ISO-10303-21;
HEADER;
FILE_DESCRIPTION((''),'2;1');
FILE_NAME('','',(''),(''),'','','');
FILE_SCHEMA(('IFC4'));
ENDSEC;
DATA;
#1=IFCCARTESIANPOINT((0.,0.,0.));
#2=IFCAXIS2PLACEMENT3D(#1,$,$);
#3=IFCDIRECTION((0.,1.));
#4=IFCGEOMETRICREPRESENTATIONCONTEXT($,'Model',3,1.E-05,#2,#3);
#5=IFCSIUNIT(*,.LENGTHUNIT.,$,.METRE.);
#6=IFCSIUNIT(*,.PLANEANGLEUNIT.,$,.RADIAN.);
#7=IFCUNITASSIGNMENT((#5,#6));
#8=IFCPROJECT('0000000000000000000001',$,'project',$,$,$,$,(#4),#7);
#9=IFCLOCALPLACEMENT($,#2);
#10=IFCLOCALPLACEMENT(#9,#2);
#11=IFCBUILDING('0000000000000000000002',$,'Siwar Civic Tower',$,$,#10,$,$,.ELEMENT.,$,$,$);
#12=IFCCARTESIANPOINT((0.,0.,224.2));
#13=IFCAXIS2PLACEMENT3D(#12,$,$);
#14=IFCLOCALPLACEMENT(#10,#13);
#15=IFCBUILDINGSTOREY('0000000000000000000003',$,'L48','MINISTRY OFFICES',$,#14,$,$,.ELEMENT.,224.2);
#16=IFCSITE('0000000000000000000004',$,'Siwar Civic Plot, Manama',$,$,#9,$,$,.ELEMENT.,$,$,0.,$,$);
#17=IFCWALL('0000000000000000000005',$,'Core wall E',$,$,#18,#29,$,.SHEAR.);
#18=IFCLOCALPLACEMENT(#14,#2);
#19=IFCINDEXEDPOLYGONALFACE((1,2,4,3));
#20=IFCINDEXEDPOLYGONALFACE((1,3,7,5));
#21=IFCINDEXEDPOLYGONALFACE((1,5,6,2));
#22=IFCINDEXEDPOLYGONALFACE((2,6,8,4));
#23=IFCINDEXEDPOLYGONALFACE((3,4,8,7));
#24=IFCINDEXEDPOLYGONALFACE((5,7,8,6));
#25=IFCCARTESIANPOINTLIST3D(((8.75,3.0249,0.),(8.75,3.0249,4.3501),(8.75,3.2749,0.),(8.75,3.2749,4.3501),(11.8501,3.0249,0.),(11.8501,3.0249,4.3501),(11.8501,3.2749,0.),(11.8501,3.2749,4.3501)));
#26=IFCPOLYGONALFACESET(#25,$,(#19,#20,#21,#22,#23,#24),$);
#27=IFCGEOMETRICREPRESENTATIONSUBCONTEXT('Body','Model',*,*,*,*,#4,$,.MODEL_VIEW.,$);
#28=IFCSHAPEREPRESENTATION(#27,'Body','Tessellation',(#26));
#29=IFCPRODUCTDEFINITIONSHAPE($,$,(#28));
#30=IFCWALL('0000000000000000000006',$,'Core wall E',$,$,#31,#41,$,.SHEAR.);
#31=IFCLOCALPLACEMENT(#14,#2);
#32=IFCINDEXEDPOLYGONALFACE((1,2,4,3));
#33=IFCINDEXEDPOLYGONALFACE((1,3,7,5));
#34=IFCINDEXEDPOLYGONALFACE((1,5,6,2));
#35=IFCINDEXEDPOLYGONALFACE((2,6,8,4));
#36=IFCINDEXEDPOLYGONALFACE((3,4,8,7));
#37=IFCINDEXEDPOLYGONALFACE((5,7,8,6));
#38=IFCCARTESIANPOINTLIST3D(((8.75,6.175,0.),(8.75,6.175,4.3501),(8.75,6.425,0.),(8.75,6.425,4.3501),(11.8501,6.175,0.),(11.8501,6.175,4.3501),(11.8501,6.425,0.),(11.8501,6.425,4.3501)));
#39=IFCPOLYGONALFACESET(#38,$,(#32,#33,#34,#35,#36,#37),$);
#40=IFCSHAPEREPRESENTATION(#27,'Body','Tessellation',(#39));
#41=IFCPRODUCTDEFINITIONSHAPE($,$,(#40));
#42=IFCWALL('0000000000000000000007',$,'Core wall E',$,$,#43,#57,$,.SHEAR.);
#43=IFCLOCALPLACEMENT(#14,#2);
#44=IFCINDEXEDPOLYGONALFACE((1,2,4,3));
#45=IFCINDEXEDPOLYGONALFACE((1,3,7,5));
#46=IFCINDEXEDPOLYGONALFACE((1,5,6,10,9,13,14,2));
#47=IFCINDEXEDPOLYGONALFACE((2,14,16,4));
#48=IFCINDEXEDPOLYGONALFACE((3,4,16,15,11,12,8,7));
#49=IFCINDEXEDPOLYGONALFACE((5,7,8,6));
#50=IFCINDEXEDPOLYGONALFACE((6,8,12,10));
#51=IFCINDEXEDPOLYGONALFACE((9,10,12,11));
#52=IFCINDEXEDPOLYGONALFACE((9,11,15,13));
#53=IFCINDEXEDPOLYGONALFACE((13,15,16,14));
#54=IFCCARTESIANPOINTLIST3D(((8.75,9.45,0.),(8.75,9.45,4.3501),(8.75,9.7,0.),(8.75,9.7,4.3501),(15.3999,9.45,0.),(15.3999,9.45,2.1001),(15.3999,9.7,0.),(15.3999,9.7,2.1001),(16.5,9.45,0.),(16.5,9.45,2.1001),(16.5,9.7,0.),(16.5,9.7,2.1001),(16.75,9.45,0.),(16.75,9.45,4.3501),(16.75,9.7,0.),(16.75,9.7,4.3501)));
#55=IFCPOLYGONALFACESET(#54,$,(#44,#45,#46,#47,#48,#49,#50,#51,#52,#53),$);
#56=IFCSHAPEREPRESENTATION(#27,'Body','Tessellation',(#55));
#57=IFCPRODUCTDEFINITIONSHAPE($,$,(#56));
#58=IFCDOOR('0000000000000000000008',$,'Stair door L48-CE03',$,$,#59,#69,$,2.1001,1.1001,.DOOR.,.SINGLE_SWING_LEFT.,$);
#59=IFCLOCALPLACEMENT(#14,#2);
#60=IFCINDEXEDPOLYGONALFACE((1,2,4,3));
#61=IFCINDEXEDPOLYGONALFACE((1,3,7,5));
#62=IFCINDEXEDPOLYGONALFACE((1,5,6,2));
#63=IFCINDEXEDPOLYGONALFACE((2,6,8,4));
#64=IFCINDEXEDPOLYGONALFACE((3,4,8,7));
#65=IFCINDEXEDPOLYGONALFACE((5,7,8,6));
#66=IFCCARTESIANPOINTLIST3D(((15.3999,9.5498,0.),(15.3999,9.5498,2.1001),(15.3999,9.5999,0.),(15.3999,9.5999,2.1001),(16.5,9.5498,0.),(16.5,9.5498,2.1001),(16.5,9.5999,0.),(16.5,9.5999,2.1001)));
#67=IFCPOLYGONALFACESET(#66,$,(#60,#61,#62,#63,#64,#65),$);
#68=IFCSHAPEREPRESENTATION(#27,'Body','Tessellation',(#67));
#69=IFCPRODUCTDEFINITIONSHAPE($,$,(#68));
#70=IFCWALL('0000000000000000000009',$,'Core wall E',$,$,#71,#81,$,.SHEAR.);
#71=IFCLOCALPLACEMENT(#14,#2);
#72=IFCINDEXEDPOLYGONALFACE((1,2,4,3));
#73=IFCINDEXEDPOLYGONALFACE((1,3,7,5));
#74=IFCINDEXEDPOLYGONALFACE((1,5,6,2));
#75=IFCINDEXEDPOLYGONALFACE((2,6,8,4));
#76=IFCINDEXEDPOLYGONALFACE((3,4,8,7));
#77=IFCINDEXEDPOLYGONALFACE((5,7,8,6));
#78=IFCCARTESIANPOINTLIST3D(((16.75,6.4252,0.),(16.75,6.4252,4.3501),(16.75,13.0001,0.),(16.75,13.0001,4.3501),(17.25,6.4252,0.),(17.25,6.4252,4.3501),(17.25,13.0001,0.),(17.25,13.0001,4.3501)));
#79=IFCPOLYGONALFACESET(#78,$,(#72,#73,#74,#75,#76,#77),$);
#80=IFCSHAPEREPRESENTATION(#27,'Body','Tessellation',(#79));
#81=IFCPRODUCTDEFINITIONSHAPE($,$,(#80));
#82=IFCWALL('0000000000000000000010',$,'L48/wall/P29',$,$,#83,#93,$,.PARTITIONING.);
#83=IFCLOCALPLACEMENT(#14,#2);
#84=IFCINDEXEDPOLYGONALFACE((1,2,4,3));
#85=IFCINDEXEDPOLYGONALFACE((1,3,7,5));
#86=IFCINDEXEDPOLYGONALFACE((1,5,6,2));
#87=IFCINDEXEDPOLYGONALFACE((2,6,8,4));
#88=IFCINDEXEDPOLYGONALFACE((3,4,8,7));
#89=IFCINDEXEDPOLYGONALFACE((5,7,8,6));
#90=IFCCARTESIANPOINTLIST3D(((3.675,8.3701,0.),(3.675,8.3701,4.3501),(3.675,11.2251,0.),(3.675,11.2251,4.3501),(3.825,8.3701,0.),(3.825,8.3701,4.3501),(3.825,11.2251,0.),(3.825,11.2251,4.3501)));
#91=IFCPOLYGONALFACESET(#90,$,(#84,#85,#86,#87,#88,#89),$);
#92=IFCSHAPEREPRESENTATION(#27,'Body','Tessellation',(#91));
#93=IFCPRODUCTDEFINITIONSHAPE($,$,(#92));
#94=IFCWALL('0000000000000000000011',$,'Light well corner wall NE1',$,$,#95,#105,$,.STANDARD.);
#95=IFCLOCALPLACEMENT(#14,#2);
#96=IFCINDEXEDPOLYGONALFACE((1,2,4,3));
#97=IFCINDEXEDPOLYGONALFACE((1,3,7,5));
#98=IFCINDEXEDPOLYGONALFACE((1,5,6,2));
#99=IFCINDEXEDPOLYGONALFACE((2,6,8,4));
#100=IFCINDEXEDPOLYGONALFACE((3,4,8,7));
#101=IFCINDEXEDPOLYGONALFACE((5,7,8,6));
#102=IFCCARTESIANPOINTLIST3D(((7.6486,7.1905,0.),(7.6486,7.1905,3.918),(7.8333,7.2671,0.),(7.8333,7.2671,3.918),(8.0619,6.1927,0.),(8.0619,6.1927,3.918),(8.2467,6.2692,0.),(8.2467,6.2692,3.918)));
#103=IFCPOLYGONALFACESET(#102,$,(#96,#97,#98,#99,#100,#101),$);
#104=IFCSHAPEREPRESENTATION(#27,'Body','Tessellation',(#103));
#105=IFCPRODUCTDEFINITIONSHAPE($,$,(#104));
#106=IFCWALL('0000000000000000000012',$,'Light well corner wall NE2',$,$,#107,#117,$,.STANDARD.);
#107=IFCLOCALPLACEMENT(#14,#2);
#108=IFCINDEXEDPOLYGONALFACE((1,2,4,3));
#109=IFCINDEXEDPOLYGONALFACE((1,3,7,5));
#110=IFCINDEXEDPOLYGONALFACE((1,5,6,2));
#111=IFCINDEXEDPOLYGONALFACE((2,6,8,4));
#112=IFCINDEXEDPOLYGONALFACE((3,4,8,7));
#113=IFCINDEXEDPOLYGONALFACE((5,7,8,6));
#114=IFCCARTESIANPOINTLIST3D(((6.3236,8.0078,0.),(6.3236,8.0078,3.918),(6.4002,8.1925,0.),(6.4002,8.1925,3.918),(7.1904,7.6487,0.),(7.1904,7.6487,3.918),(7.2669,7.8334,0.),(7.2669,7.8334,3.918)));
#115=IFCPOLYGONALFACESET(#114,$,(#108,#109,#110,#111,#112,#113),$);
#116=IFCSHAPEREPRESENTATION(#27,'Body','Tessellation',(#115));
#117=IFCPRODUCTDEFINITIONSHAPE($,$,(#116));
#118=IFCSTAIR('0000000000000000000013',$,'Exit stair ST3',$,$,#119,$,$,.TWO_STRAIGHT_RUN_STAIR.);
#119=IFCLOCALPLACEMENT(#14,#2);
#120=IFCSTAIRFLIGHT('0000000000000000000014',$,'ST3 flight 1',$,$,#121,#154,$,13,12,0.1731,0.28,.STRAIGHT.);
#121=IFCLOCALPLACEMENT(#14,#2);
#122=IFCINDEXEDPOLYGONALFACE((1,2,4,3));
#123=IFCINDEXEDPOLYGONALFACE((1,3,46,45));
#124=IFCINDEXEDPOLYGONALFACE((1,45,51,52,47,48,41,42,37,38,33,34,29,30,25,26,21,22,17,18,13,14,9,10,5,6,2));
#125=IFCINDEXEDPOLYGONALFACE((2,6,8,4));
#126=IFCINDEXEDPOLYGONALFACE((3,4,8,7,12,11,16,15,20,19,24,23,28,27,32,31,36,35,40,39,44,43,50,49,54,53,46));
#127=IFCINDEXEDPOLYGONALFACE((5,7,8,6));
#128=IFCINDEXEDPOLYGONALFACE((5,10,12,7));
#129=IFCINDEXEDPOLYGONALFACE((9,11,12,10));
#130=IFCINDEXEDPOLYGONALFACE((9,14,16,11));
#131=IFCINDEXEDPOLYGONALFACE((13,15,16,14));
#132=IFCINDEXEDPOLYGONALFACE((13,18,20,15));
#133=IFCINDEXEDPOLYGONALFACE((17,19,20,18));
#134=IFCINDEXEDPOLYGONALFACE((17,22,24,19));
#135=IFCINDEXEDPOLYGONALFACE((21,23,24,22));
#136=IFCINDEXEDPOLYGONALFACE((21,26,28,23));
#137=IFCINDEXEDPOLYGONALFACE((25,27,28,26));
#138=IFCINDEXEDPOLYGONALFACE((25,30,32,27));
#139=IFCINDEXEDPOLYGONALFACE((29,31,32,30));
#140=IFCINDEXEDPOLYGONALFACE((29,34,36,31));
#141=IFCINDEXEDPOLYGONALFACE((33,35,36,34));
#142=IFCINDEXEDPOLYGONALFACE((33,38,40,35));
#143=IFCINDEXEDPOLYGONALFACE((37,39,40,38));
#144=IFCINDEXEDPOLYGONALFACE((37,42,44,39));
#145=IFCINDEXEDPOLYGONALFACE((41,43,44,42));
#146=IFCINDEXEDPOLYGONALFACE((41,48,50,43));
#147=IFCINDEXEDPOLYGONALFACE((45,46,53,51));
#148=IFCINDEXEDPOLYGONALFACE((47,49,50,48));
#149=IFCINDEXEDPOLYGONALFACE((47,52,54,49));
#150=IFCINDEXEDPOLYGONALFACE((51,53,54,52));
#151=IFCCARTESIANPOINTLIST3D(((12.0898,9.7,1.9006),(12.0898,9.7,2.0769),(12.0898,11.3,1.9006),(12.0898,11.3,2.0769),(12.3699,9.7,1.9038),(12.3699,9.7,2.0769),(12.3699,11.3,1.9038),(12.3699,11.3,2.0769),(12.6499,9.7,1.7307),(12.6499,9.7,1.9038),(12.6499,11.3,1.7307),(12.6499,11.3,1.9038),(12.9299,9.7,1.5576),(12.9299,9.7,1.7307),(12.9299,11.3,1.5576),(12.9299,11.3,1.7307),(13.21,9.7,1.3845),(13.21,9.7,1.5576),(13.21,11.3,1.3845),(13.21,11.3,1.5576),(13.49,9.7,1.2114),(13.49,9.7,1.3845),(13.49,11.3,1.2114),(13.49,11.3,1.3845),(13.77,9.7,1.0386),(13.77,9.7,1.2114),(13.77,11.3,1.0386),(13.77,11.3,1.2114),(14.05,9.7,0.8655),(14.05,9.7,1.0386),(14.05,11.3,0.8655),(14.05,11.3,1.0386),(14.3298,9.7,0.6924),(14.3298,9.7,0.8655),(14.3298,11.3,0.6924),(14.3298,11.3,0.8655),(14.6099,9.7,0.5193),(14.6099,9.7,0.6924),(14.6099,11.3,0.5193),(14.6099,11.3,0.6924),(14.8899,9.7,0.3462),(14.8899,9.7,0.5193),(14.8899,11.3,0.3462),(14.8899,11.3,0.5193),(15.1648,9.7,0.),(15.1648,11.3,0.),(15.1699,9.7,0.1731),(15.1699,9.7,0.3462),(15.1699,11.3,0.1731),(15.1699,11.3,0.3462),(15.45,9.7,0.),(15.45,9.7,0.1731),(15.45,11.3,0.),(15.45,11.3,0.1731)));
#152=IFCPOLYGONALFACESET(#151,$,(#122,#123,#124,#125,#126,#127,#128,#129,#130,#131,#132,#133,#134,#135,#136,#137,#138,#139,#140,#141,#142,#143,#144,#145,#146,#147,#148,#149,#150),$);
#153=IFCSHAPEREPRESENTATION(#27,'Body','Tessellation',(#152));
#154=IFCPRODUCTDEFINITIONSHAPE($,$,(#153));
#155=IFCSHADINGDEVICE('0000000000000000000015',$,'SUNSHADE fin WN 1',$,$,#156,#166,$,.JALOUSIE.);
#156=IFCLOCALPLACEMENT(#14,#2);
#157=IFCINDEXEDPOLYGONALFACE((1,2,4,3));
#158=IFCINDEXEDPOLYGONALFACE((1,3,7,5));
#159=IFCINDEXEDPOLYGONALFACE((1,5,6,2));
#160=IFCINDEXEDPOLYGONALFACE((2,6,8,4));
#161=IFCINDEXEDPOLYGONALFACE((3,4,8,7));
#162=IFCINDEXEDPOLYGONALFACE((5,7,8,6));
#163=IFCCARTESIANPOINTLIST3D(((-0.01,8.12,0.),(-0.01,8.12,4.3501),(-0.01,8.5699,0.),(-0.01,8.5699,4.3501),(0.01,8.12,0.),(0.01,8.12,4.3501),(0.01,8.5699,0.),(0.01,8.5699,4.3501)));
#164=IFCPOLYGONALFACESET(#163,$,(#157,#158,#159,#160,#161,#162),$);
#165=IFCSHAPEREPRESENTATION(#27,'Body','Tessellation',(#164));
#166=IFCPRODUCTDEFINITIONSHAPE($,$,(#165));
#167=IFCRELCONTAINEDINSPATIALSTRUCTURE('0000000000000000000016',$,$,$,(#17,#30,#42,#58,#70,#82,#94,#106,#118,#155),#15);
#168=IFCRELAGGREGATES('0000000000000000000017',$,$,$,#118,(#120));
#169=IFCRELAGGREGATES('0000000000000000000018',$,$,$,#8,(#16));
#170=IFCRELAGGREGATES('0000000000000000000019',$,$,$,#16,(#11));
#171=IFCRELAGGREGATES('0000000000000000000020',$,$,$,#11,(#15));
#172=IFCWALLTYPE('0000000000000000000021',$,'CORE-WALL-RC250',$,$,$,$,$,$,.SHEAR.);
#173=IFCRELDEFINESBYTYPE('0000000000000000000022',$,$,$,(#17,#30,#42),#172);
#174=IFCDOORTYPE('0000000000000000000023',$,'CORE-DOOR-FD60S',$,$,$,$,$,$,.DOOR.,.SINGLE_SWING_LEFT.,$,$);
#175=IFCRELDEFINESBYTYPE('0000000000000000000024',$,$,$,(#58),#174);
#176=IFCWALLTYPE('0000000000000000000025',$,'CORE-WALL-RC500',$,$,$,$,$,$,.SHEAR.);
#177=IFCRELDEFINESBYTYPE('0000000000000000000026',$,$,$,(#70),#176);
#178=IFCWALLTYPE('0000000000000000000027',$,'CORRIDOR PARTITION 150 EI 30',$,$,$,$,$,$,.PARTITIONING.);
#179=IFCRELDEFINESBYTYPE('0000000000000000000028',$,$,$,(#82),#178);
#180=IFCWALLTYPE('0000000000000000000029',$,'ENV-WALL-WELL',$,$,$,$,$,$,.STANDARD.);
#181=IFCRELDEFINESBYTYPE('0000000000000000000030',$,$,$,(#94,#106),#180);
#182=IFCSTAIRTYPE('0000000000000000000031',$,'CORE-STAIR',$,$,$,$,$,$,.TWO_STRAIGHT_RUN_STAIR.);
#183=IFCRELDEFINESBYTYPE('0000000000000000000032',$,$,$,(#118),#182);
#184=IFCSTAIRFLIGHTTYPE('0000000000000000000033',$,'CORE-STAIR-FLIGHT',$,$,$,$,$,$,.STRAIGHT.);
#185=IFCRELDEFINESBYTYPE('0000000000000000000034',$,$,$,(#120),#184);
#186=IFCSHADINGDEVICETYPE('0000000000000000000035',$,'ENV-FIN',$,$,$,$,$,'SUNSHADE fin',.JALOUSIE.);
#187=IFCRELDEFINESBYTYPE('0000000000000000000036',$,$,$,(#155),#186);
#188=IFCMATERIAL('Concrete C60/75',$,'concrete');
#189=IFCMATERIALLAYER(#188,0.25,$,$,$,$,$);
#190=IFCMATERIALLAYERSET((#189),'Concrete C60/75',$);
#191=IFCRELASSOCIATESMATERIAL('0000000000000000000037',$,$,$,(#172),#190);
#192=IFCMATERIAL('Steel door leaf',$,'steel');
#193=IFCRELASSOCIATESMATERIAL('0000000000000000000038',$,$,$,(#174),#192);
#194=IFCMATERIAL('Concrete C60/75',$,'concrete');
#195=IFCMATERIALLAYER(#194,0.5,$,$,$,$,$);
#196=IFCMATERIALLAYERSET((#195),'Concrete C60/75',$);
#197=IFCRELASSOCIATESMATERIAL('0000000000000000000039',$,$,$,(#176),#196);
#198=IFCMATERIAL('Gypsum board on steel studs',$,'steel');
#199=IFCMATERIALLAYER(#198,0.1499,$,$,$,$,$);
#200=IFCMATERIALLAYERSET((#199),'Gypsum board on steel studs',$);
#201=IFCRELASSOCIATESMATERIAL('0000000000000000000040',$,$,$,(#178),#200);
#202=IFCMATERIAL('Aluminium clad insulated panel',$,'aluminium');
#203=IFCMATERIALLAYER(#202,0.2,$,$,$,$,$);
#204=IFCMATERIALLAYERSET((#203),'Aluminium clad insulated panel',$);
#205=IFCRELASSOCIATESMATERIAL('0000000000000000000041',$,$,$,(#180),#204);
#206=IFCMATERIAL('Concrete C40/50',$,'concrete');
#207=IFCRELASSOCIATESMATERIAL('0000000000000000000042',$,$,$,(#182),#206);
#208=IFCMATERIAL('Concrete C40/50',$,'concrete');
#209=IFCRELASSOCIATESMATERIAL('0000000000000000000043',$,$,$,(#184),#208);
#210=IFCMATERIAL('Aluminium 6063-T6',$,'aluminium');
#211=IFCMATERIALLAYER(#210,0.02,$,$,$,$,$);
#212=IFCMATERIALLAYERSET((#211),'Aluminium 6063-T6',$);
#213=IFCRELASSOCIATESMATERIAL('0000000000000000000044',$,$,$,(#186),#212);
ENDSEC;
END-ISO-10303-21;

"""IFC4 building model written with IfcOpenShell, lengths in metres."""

from ifc_helpers import new_model, si_unit, direction, frame, frame_2d, origin, origin_2d, place, context, subcontext, project, spatial, polyline, rectangle, outline, extrude, material, layer, layer_set, type_object, element, fill, aggregate, save


model = new_model("IFC4")

# Units and contexts
model_context = context("Model", 3, precision=1e-05, world=origin(), true_north=direction((0.0, 1.0)))
body_context = subcontext(model_context, "Body", "Model", "MODEL_VIEW")
ifc_project = project(units=[si_unit("LENGTHUNIT", "METRE"), si_unit("PLANEANGLEUNIT", "RADIAN")], contexts=[model_context])

# Site, building, storey
site_placement = place(None, origin())
site = spatial("IfcSite", under=ifc_project, at=site_placement, Name="Siwar Civic Plot, Manama", CompositionType="ELEMENT", RefElevation=0.0)
building_placement = place(site_placement, origin())
building = spatial("IfcBuilding", under=site, at=building_placement, Name="Siwar Civic Tower", CompositionType="ELEMENT")
storey_placement = place(building_placement, frame((0.0, 0.0, 224.2)))
storey = spatial("IfcBuildingStorey", under=building, at=storey_placement, Name="L48", Description="MINISTRY OFFICES", CompositionType="ELEMENT", Elevation=224.2)

# Shared definitions
ifc_material_1 = material(Name="Concrete C60/75", Category="concrete")
ifc_layer_1 = layer(ifc_material_1, 0.25)
ifc_layer_set_1 = layer_set([ifc_layer_1], Name="Concrete C60/75")
wall_type_1 = type_object("IfcWallType", Name="CORE-WALL-RC250", PredefinedType="SHEAR", material=ifc_layer_set_1)

# Walls
for number, where, z_axis, x_axis, name in (
    (1, (8.75, 3.1499, 0.0), (0.0, 0.0, 1.0), (1.0, 0.0, 0.0), "Core wall E"),
    (2, (8.75, 6.3, 0.0), (0.0, 0.0, 1.0), (1.0, 0.0, 0.0), "Core wall E"),
):
    element("IfcWall", number, at=place(storey_placement, frame(where, z_axis=z_axis, x_axis=x_axis)), inside=storey, type_object=wall_type_1, Name=name, PredefinedType="SHEAR", context=body_context, shape_type="SweptSolid", body=[
        extrude(rectangle(XDim=3.1001, YDim=0.25, at=frame_2d((1.55, 0.0))), origin(), (0.0, 0.0, 1.0), 4.3501),
    ])

# Wall, opening, door
wall_1_placement = place(storey_placement, frame((8.75, 9.575, 0.0), z_axis=(0.0, 0.0, 1.0), x_axis=(1.0, 0.0, 0.0)))
wall_1 = element("IfcWall", 3, at=wall_1_placement, inside=storey, type_object=wall_type_1, Name="Core wall E", PredefinedType="SHEAR", context=body_context, shape_type="SweptSolid", body=[
    extrude(rectangle(XDim=8.0, YDim=0.25, at=frame_2d((4.0, 0.0))), origin(), (0.0, 0.0, 1.0), 4.3501),
])
opening_1_placement = place(wall_1_placement, frame((6.6499, 0.0, 0.0)))
opening_1 = element("IfcOpeningElement", 4, at=opening_1_placement, cuts=wall_1, PredefinedType="OPENING", context=body_context, shape_type="SweptSolid", body=[
    extrude(rectangle(XDim=1.1001, YDim=2.1001, at=frame_2d((0.55, 1.05))), frame((0.0, 0.135, 0.0), z_axis=(0.0, -1.0, 0.0), x_axis=(1.0, 0.0, 0.0)), (0.0, 0.0, 1.0), 0.27),
])
ifc_material_2 = material(Name="Steel door leaf", Category="steel")
door_type_1 = type_object("IfcDoorType", Name="CORE-DOOR-FD60S", OperationType="SINGLE_SWING_LEFT", PredefinedType="DOOR", material=ifc_material_2)
door_1_placement = place(opening_1_placement, origin())
door_1 = element("IfcDoor", 5, at=door_1_placement, inside=storey, type_object=door_type_1, Name="Stair door L48-CE03", OperationType="SINGLE_SWING_LEFT", OverallHeight=2.1001, OverallWidth=1.1001, PredefinedType="DOOR", context=body_context, shape_type="SweptSolid", body=[
    extrude(rectangle(XDim=1.1001, YDim=2.1001, at=frame_2d((0.55, 1.05))), frame((0.0, 0.0249, 0.0), z_axis=(0.0, -1.0, 0.0), x_axis=(1.0, 0.0, 0.0)), (0.0, 0.0, 1.0), 0.05),
])
fill(opening_1, door_1)

# Walls
ifc_material_3 = material(Name="Concrete C60/75", Category="concrete")
ifc_layer_2 = layer(ifc_material_3, 0.5)
ifc_layer_set_2 = layer_set([ifc_layer_2], Name="Concrete C60/75")
wall_type_2 = type_object("IfcWallType", Name="CORE-WALL-RC500", PredefinedType="SHEAR", material=ifc_layer_set_2)
wall_2_placement = place(storey_placement, frame((17.0, 6.425, 0.0), z_axis=(0.0, 0.0, 1.0), x_axis=(0.0, 1.0, 0.0)))
element("IfcWall", 6, at=wall_2_placement, inside=storey, type_object=wall_type_2, Name="Core wall E", PredefinedType="SHEAR", context=body_context, shape_type="SweptSolid", body=[
    extrude(rectangle(XDim=6.575, YDim=0.5, at=frame_2d((3.2876, 0.0))), origin(), (0.0, 0.0, 1.0), 4.3501),
])
ifc_material_4 = material(Name="Gypsum board on steel studs", Category="steel")
ifc_layer_3 = layer(ifc_material_4, 0.1499)
ifc_layer_set_3 = layer_set([ifc_layer_3], Name="Gypsum board on steel studs")
wall_type_3 = type_object("IfcWallType", Name="CORRIDOR PARTITION 150 EI 30", PredefinedType="PARTITIONING", material=ifc_layer_set_3)
wall_3_placement = place(storey_placement, frame((3.75, 8.3701, 0.0), z_axis=(0.0, 0.0, 1.0), x_axis=(0.0, 1.0, 0.0)))
element("IfcWall", 7, at=wall_3_placement, inside=storey, type_object=wall_type_3, Name="L48/wall/P29", PredefinedType="PARTITIONING", context=body_context, shape_type="SweptSolid", body=[
    extrude(rectangle(XDim=2.855, YDim=0.1499, at=frame_2d((1.4275, 0.0))), origin(), (0.0, 0.0, 1.0), 4.3501),
])
ifc_material_5 = material(Name="Aluminium clad insulated panel", Category="aluminium")
ifc_layer_4 = layer(ifc_material_5, 0.2)
ifc_layer_set_4 = layer_set([ifc_layer_4], Name="Aluminium clad insulated panel")
wall_type_4 = type_object("IfcWallType", Name="ENV-WALL-WELL", PredefinedType="STANDARD", material=ifc_layer_set_4)
wall_4_placement = place(storey_placement, frame((8.1543, 6.231, 0.0), z_axis=(0.0, 0.0, 1.0), x_axis=(-0.382704, 0.923871, 0.0)))
element("IfcWall", 8, at=wall_4_placement, inside=storey, type_object=wall_type_4, Name="Light well corner wall NE1", PredefinedType="STANDARD", context=body_context, shape_type="SweptSolid", body=[
    extrude(rectangle(XDim=1.0801, YDim=0.2, at=frame_2d((0.54, 0.0))), origin(), (0.0, 0.0, 1.0), 3.918),
])
wall_5_placement = place(storey_placement, frame((7.2288, 7.741, 0.0), z_axis=(0.0, 0.0, 1.0), x_axis=(-0.92383, 0.382804, 0.0)))
element("IfcWall", 9, at=wall_5_placement, inside=storey, type_object=wall_type_4, Name="Light well corner wall NE2", PredefinedType="STANDARD", context=body_context, shape_type="SweptSolid", body=[
    extrude(rectangle(XDim=0.9382, YDim=0.2, at=frame_2d((0.4692, 0.0))), origin(), (0.0, 0.0, 1.0), 3.918),
])

# Stair, stair flight
ifc_material_6 = material(Name="Concrete C40/50", Category="concrete")
stair_type = type_object("IfcStairType", Name="CORE-STAIR", PredefinedType="TWO_STRAIGHT_RUN_STAIR", material=ifc_material_6)
stair_placement = place(storey_placement, origin())
stair = element("IfcStair", 10, at=stair_placement, inside=storey, type_object=stair_type, Name="Exit stair ST3", PredefinedType="TWO_STRAIGHT_RUN_STAIR")
ifc_material_7 = material(Name="Concrete C40/50", Category="concrete")
stair_flight_type = type_object("IfcStairFlightType", Name="CORE-STAIR-FLIGHT", PredefinedType="STRAIGHT", material=ifc_material_7)
stair_flight_placement = place(storey_placement, frame((15.45, 10.5, 0.0), z_axis=(0.0, 0.0, 1.0), x_axis=(-1.0, 0.0, 0.0)))
stair_flight = element("IfcStairFlight", 11, at=stair_flight_placement, type_object=stair_flight_type, Name="ST3 flight 1", NumberOfRisers=13, NumberOfTreads=12, PredefinedType="STRAIGHT", RiserHeight=0.1731, TreadLength=0.28, context=body_context, shape_type="SweptSolid", body=[
    extrude(outline(polyline([(0.0, 0.0), (0.0, 0.1731), (0.28, 0.1731), (0.28, 0.3462), (0.5601, 0.3462), (0.5601, 0.5193), (0.8401, 0.5193), (0.8401, 0.6924), (1.1201, 0.6924), (1.1201, 0.8655), (1.3999, 0.8655), (1.3999, 1.0386), (1.6799, 1.0386), (1.6799, 1.2114), (1.96, 1.2114), (1.96, 1.3845), (2.24, 1.3845), (2.24, 1.5576), (2.52, 1.5576), (2.52, 1.7307), (2.8, 1.7307), (2.8, 1.9038), (3.0801, 1.9038), (3.0801, 2.0769), (3.3601, 2.0769), (3.3601, 2.25), (3.3601, 1.9006), (0.2852, 0.0), (0.0, 0.0)])), frame((0.0, 0.8, 0.0), z_axis=(0.0, -1.0, 0.0), x_axis=(1.0, 0.0, 0.0)), (0.0, 0.0, 1.0), 1.6001),
])
aggregate(stair, [stair_flight])

# Shading device
ifc_material_8 = material(Name="Aluminium 6063-T6", Category="aluminium")
ifc_layer_5 = layer(ifc_material_8, 0.02)
ifc_layer_set_5 = layer_set([ifc_layer_5], Name="Aluminium 6063-T6")
shading_device_type = type_object("IfcShadingDeviceType", Name="ENV-FIN", ElementType="SUNSHADE fin", PredefinedType="JALOUSIE", material=ifc_layer_set_5)
shading_device_placement = place(storey_placement, frame((0.0, 8.345, 0.0), z_axis=(0.0, 0.0, 1.0), x_axis=(-1.0, 0.0, 0.0)))
element("IfcShadingDevice", 12, at=shading_device_placement, inside=storey, type_object=shading_device_type, Name="SUNSHADE fin WN 1", PredefinedType="JALOUSIE", context=body_context, shape_type="SweptSolid", body=[
    extrude(rectangle(XDim=0.02, YDim=0.45, at=origin_2d()), origin(), (0.0, 0.0, 1.0), 4.3501),
])

save(model, "model.ifc")
